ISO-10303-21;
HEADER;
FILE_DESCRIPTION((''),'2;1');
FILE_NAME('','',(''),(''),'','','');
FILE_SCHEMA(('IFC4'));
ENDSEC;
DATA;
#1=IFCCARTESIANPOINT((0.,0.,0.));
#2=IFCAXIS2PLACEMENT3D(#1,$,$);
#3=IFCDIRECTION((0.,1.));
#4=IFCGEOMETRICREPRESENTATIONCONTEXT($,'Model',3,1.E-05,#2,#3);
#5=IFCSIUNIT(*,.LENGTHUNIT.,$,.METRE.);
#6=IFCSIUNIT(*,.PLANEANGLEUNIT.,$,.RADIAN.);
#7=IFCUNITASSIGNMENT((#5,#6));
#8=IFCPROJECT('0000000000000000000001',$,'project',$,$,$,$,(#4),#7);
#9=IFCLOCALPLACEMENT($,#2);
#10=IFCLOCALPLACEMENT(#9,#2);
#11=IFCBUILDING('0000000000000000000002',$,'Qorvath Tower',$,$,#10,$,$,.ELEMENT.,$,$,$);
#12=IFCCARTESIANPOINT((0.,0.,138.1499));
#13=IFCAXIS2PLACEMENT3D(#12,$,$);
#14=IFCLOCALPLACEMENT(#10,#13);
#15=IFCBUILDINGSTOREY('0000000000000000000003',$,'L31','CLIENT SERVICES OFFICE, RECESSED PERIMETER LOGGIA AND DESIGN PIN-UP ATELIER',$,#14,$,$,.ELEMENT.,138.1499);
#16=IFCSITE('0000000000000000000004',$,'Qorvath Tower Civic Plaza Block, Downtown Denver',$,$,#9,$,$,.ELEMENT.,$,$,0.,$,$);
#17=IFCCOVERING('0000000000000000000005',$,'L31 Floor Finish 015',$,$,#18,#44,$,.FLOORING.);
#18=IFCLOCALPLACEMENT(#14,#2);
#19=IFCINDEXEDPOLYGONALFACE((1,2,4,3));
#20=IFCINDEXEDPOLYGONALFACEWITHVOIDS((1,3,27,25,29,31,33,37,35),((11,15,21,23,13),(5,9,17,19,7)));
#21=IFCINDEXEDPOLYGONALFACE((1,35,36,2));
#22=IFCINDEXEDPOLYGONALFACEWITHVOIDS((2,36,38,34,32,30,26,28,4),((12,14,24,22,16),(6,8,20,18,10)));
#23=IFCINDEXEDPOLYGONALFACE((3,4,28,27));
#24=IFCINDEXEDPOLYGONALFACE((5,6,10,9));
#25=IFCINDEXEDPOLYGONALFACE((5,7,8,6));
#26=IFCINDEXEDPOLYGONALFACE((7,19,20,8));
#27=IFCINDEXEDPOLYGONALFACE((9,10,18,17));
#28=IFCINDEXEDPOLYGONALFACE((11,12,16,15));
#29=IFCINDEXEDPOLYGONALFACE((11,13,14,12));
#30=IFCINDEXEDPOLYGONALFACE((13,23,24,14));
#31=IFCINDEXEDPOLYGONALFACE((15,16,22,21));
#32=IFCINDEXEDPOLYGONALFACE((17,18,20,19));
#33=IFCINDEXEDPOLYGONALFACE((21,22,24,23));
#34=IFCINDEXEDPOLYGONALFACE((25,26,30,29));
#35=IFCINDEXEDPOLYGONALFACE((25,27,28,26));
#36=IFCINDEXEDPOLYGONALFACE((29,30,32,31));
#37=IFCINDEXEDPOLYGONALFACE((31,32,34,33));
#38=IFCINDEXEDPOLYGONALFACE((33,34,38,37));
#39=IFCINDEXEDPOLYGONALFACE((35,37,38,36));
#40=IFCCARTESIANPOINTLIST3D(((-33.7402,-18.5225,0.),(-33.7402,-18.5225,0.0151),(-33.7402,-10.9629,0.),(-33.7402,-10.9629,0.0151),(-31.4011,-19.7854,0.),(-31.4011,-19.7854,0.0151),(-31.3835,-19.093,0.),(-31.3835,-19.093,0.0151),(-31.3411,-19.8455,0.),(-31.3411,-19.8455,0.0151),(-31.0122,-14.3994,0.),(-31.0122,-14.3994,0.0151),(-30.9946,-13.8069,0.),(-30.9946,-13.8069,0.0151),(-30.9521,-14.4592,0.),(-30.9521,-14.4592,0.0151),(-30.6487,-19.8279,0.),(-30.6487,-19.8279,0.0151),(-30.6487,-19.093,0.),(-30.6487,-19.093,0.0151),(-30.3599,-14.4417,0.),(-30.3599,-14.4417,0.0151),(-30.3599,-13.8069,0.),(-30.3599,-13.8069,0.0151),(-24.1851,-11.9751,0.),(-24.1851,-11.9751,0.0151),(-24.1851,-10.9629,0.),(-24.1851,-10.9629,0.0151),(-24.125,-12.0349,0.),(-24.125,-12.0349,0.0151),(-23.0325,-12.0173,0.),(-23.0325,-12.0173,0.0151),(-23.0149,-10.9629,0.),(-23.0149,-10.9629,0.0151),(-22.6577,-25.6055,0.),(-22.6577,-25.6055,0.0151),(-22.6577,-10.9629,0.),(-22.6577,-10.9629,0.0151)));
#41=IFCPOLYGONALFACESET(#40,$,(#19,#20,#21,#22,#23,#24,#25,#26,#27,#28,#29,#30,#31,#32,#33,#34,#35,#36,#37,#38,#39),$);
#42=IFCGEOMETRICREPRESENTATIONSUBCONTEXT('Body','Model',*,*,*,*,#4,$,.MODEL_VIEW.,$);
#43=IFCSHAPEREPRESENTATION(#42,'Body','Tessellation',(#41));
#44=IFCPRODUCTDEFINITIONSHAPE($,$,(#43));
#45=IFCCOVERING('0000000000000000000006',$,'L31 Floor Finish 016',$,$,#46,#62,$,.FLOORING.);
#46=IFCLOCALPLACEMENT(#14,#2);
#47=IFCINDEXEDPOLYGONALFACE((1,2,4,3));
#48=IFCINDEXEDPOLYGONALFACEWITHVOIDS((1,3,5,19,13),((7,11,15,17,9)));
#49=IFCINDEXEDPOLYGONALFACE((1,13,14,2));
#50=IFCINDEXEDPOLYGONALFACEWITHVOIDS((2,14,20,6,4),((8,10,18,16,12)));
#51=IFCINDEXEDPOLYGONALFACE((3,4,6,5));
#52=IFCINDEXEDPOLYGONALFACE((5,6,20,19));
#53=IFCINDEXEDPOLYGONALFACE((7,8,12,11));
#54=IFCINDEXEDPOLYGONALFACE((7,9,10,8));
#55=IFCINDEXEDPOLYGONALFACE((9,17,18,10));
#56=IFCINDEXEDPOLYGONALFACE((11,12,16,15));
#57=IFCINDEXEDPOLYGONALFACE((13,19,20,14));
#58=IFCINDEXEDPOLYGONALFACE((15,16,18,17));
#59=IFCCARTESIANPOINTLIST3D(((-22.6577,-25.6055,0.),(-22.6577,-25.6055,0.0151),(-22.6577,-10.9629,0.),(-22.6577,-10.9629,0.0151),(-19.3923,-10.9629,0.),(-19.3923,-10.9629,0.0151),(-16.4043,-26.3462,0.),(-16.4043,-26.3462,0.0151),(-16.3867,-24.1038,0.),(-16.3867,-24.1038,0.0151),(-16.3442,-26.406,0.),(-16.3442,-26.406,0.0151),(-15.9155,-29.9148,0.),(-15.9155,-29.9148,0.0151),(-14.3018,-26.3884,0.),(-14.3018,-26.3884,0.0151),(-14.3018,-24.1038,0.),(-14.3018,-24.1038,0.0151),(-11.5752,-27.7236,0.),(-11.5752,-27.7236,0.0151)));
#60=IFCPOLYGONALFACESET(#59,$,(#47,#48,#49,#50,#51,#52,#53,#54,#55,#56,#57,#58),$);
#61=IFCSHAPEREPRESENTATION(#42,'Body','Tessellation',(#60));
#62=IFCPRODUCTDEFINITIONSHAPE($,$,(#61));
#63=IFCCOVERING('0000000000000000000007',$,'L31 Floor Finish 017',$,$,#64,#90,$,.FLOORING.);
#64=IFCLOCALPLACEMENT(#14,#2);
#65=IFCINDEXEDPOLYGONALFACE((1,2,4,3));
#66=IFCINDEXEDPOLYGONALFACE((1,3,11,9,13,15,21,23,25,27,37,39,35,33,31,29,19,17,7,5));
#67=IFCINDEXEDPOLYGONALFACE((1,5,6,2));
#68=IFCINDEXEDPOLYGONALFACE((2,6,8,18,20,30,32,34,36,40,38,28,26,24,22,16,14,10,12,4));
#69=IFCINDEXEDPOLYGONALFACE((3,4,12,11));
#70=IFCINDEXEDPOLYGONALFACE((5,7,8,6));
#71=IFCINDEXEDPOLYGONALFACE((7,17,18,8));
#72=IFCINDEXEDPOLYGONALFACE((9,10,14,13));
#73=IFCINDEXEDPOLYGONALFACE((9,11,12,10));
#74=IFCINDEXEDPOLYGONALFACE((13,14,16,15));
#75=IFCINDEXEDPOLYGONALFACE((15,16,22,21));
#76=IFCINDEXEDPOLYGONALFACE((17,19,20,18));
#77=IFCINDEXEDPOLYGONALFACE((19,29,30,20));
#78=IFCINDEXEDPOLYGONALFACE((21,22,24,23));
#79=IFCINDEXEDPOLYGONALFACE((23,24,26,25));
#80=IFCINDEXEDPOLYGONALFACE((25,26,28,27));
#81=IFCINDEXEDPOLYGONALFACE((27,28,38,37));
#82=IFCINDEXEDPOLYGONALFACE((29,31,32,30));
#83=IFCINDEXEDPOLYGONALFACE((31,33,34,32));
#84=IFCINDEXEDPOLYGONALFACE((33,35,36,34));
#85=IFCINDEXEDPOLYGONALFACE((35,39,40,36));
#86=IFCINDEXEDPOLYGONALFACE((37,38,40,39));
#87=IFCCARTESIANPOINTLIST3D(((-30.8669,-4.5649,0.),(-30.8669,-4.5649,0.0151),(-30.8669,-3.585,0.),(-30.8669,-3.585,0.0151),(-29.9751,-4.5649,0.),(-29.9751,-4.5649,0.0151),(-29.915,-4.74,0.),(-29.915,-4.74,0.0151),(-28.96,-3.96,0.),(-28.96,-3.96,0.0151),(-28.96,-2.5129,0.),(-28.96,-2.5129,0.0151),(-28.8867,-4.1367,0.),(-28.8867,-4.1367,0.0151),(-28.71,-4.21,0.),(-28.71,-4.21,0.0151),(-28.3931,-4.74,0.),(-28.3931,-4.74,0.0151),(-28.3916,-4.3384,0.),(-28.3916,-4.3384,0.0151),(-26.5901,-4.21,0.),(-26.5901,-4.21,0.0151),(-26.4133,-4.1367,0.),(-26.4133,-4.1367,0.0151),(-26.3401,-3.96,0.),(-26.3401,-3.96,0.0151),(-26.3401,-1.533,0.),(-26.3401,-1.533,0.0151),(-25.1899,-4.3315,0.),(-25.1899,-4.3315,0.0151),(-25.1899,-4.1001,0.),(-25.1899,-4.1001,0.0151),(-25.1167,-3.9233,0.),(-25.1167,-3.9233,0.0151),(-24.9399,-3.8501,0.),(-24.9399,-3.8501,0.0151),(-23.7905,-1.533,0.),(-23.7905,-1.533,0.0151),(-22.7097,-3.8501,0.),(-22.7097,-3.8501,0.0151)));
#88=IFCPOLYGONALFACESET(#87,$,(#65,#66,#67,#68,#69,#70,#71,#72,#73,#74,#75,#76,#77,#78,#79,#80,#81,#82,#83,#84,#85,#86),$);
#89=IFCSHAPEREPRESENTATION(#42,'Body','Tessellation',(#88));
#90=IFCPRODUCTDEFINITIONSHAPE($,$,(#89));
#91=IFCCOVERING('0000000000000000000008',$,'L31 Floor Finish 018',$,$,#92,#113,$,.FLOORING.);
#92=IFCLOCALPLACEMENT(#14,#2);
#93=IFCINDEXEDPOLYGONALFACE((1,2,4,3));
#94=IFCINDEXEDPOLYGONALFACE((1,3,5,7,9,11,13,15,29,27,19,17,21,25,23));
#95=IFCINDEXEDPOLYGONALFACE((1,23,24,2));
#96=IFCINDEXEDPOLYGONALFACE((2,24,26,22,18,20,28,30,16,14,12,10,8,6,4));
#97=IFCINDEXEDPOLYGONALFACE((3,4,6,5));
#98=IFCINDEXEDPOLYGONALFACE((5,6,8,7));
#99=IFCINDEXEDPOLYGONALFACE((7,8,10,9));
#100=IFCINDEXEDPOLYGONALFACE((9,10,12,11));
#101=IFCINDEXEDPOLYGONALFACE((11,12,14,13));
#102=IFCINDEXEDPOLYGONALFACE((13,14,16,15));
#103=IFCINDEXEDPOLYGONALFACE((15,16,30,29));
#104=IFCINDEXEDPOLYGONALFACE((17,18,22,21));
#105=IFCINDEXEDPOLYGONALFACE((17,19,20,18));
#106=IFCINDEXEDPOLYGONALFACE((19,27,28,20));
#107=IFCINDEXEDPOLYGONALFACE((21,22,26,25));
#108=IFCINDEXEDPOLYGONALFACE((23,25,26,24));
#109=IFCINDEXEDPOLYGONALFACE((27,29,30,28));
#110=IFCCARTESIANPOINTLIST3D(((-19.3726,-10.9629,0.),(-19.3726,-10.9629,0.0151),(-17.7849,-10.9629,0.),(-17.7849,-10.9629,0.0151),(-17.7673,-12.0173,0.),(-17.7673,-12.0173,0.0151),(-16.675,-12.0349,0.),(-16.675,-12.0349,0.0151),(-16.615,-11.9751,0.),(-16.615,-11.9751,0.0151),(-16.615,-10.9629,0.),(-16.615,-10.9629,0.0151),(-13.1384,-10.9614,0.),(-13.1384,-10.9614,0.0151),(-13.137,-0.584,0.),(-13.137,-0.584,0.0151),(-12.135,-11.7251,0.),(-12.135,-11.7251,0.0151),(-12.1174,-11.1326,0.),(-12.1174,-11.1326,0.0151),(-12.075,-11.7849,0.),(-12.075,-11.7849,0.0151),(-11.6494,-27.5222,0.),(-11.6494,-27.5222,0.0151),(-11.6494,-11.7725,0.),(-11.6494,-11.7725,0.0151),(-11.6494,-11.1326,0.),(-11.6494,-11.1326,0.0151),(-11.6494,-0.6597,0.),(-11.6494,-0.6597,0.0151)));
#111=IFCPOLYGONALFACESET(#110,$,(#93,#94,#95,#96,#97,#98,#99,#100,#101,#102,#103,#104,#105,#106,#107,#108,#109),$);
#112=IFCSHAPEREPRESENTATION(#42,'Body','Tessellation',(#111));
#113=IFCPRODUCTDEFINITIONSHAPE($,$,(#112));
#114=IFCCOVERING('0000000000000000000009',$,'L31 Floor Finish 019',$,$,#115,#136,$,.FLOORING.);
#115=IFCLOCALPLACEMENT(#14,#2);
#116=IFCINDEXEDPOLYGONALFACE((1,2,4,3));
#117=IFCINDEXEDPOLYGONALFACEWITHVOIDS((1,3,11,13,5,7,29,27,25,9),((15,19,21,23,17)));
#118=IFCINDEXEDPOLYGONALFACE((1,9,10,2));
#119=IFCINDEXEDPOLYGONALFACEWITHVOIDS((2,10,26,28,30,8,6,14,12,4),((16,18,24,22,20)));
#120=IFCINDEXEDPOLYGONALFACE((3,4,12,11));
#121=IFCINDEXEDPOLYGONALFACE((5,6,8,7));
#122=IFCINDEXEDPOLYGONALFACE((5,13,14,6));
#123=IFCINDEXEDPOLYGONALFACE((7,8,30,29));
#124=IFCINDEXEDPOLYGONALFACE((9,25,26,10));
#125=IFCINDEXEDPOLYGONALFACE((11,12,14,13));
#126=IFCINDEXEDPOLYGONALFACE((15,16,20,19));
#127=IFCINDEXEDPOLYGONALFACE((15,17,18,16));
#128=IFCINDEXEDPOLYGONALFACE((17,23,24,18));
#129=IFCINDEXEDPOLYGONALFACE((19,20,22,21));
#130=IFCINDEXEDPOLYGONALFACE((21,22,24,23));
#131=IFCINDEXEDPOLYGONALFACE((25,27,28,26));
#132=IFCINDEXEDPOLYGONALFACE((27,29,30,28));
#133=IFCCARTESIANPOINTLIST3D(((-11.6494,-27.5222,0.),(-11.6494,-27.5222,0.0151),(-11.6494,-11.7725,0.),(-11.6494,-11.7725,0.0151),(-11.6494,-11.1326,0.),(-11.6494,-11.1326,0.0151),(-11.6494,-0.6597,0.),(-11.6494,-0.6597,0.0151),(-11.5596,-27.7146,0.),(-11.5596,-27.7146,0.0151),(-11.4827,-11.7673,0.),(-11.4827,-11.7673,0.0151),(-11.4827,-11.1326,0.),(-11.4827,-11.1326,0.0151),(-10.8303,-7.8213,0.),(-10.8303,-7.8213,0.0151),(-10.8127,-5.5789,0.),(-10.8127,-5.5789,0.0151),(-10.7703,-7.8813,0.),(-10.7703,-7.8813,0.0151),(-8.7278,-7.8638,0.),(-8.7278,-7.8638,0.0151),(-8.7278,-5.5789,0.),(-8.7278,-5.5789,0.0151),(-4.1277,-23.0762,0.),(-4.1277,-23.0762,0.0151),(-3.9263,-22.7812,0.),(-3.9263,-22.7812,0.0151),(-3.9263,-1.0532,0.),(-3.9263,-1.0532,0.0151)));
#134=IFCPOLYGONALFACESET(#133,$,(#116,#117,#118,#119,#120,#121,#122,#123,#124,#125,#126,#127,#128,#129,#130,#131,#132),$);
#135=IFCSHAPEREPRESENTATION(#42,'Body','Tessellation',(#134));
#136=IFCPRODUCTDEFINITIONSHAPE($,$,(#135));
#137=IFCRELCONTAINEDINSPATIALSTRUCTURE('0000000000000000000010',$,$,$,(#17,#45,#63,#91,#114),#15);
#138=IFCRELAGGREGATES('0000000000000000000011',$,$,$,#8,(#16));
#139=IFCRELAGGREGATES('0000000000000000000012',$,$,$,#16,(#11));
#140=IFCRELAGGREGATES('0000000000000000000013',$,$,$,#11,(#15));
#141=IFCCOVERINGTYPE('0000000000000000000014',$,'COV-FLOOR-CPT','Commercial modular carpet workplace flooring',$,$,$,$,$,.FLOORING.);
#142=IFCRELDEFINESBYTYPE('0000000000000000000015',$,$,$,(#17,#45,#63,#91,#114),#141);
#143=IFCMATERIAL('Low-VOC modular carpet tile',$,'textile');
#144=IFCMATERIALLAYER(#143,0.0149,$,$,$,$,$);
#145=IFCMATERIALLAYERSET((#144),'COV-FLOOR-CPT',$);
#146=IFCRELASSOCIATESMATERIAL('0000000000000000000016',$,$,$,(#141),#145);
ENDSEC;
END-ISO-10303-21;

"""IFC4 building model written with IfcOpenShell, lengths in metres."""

from ifc_helpers import new_model, si_unit, direction, frame, origin, place, context, subcontext, project, spatial, polyline, outline, extrude, material, layer, layer_set, type_object, element, save


model = new_model("IFC4")

# Units and contexts
model_context = context("Model", 3, precision=1e-05, world=origin(), true_north=direction((0.0, 1.0)))
body_context = subcontext(model_context, "Body", "Model", "MODEL_VIEW")
ifc_project = project(units=[si_unit("LENGTHUNIT", "METRE"), si_unit("PLANEANGLEUNIT", "RADIAN")], contexts=[model_context])

# Site, building, storey
site_placement = place(None, origin())
site = spatial("IfcSite", under=ifc_project, at=site_placement, Name="Qorvath Tower Civic Plaza Block, Downtown Denver", CompositionType="ELEMENT", RefElevation=0.0)
building_placement = place(site_placement, origin())
building = spatial("IfcBuilding", under=site, at=building_placement, Name="Qorvath Tower", CompositionType="ELEMENT")
storey_placement = place(building_placement, frame((0.0, 0.0, 138.1499)))
storey = spatial("IfcBuildingStorey", under=building, at=storey_placement, Name="L31", Description="CLIENT SERVICES OFFICE, RECESSED PERIMETER LOGGIA AND DESIGN PIN-UP ATELIER", CompositionType="ELEMENT", Elevation=138.1499)

# Coverings
ifc_material_1 = material(Name="Low-VOC modular carpet tile", Category="textile")
ifc_layer_1 = layer(ifc_material_1, 0.0149)
ifc_layer_set_1 = layer_set([ifc_layer_1], Name="COV-FLOOR-CPT")
covering_type_1 = type_object("IfcCoveringType", Name="COV-FLOOR-CPT", Description="Commercial modular carpet workplace flooring", PredefinedType="FLOORING", material=ifc_layer_set_1)
covering_1_placement = place(storey_placement, origin())
element("IfcCovering", 1, at=covering_1_placement, inside=storey, type_object=covering_type_1, Name="L31 Floor Finish 015", PredefinedType="FLOORING", context=body_context, shape_type="SweptSolid", body=[
    extrude(outline(polyline([(-22.6577, -25.6055), (-22.6577, -10.9629), (-23.0149, -10.9629), (-23.0325, -12.0173), (-24.125, -12.0349), (-24.1851, -11.9751), (-24.1851, -10.9629), (-33.7402, -10.9629), (-33.7402, -18.5225), (-22.6577, -25.6055)]), holes=[polyline([(-31.0122, -14.3994), (-30.9946, -13.8069), (-30.3599, -13.8069), (-30.3599, -14.4417), (-30.9521, -14.4592), (-31.0122, -14.3994)]), polyline([(-31.4011, -19.7854), (-31.3835, -19.093), (-30.6487, -19.093), (-30.6487, -19.8279), (-31.3411, -19.8455), (-31.4011, -19.7854)])]), origin(), (0.0, 0.0, 1.0), 0.0151),
])
covering_2_placement = place(storey_placement, origin())
element("IfcCovering", 2, at=covering_2_placement, inside=storey, type_object=covering_type_1, Name="L31 Floor Finish 016", PredefinedType="FLOORING", context=body_context, shape_type="SweptSolid", body=[
    extrude(outline(polyline([(-11.5752, -27.7236), (-19.3923, -10.9629), (-22.6577, -10.9629), (-22.6577, -25.6055), (-15.9155, -29.9148), (-11.5752, -27.7236)]), holes=[polyline([(-16.4043, -26.3462), (-16.3867, -24.1038), (-14.3018, -24.1038), (-14.3018, -26.3884), (-16.3442, -26.406), (-16.4043, -26.3462)])]), origin(), (0.0, 0.0, 1.0), 0.0151),
])
covering_3_placement = place(storey_placement, origin())
element("IfcCovering", 3, at=covering_3_placement, inside=storey, type_object=covering_type_1, Name="L31 Floor Finish 017", PredefinedType="FLOORING", context=body_context, shape_type="SweptSolid", body=[
    extrude(outline(polyline([(-25.1899, -4.3315), (-25.1899, -4.1001), (-25.1167, -3.9233), (-24.9399, -3.8501), (-22.7097, -3.8501), (-23.7905, -1.533), (-26.3401, -1.533), (-26.3401, -3.96), (-26.4133, -4.1367), (-26.5901, -4.21), (-28.71, -4.21), (-28.8867, -4.1367), (-28.96, -3.96), (-28.96, -2.5129), (-30.8669, -3.585), (-30.8669, -4.5649), (-29.9751, -4.5649), (-29.915, -4.74), (-28.3931, -4.74), (-28.3916, -4.3384), (-25.1899, -4.3315)])), origin(), (0.0, 0.0, 1.0), 0.0151),
])
covering_4_placement = place(storey_placement, origin())
element("IfcCovering", 4, at=covering_4_placement, inside=storey, type_object=covering_type_1, Name="L31 Floor Finish 018", PredefinedType="FLOORING", context=body_context, shape_type="SweptSolid", body=[
    extrude(outline(polyline([(-13.1384, -10.9614), (-16.615, -10.9629), (-16.615, -11.9751), (-16.675, -12.0349), (-17.7673, -12.0173), (-17.7849, -10.9629), (-19.3726, -10.9629), (-11.6494, -27.5222), (-11.6494, -11.7725), (-12.075, -11.7849), (-12.135, -11.7251), (-12.1174, -11.1326), (-11.6494, -11.1326), (-11.6494, -0.6597), (-13.137, -0.584), (-13.1384, -10.9614)])), origin(), (0.0, 0.0, 1.0), 0.0151),
])
covering_5_placement = place(storey_placement, origin())
element("IfcCovering", 5, at=covering_5_placement, inside=storey, type_object=covering_type_1, Name="L31 Floor Finish 019", PredefinedType="FLOORING", context=body_context, shape_type="SweptSolid", body=[
    extrude(outline(polyline([(-11.6494, -0.6597), (-11.6494, -11.1326), (-11.4827, -11.1326), (-11.4827, -11.7673), (-11.6494, -11.7725), (-11.6494, -27.5222), (-11.5596, -27.7146), (-4.1277, -23.0762), (-3.9263, -22.7812), (-3.9263, -1.0532), (-11.6494, -0.6597)]), holes=[polyline([(-10.8303, -7.8213), (-10.8127, -5.5789), (-8.7278, -5.5789), (-8.7278, -7.8638), (-10.7703, -7.8813), (-10.8303, -7.8213)])]), origin(), (0.0, 0.0, 1.0), 0.0151),
])

save(model, "model.ifc")
